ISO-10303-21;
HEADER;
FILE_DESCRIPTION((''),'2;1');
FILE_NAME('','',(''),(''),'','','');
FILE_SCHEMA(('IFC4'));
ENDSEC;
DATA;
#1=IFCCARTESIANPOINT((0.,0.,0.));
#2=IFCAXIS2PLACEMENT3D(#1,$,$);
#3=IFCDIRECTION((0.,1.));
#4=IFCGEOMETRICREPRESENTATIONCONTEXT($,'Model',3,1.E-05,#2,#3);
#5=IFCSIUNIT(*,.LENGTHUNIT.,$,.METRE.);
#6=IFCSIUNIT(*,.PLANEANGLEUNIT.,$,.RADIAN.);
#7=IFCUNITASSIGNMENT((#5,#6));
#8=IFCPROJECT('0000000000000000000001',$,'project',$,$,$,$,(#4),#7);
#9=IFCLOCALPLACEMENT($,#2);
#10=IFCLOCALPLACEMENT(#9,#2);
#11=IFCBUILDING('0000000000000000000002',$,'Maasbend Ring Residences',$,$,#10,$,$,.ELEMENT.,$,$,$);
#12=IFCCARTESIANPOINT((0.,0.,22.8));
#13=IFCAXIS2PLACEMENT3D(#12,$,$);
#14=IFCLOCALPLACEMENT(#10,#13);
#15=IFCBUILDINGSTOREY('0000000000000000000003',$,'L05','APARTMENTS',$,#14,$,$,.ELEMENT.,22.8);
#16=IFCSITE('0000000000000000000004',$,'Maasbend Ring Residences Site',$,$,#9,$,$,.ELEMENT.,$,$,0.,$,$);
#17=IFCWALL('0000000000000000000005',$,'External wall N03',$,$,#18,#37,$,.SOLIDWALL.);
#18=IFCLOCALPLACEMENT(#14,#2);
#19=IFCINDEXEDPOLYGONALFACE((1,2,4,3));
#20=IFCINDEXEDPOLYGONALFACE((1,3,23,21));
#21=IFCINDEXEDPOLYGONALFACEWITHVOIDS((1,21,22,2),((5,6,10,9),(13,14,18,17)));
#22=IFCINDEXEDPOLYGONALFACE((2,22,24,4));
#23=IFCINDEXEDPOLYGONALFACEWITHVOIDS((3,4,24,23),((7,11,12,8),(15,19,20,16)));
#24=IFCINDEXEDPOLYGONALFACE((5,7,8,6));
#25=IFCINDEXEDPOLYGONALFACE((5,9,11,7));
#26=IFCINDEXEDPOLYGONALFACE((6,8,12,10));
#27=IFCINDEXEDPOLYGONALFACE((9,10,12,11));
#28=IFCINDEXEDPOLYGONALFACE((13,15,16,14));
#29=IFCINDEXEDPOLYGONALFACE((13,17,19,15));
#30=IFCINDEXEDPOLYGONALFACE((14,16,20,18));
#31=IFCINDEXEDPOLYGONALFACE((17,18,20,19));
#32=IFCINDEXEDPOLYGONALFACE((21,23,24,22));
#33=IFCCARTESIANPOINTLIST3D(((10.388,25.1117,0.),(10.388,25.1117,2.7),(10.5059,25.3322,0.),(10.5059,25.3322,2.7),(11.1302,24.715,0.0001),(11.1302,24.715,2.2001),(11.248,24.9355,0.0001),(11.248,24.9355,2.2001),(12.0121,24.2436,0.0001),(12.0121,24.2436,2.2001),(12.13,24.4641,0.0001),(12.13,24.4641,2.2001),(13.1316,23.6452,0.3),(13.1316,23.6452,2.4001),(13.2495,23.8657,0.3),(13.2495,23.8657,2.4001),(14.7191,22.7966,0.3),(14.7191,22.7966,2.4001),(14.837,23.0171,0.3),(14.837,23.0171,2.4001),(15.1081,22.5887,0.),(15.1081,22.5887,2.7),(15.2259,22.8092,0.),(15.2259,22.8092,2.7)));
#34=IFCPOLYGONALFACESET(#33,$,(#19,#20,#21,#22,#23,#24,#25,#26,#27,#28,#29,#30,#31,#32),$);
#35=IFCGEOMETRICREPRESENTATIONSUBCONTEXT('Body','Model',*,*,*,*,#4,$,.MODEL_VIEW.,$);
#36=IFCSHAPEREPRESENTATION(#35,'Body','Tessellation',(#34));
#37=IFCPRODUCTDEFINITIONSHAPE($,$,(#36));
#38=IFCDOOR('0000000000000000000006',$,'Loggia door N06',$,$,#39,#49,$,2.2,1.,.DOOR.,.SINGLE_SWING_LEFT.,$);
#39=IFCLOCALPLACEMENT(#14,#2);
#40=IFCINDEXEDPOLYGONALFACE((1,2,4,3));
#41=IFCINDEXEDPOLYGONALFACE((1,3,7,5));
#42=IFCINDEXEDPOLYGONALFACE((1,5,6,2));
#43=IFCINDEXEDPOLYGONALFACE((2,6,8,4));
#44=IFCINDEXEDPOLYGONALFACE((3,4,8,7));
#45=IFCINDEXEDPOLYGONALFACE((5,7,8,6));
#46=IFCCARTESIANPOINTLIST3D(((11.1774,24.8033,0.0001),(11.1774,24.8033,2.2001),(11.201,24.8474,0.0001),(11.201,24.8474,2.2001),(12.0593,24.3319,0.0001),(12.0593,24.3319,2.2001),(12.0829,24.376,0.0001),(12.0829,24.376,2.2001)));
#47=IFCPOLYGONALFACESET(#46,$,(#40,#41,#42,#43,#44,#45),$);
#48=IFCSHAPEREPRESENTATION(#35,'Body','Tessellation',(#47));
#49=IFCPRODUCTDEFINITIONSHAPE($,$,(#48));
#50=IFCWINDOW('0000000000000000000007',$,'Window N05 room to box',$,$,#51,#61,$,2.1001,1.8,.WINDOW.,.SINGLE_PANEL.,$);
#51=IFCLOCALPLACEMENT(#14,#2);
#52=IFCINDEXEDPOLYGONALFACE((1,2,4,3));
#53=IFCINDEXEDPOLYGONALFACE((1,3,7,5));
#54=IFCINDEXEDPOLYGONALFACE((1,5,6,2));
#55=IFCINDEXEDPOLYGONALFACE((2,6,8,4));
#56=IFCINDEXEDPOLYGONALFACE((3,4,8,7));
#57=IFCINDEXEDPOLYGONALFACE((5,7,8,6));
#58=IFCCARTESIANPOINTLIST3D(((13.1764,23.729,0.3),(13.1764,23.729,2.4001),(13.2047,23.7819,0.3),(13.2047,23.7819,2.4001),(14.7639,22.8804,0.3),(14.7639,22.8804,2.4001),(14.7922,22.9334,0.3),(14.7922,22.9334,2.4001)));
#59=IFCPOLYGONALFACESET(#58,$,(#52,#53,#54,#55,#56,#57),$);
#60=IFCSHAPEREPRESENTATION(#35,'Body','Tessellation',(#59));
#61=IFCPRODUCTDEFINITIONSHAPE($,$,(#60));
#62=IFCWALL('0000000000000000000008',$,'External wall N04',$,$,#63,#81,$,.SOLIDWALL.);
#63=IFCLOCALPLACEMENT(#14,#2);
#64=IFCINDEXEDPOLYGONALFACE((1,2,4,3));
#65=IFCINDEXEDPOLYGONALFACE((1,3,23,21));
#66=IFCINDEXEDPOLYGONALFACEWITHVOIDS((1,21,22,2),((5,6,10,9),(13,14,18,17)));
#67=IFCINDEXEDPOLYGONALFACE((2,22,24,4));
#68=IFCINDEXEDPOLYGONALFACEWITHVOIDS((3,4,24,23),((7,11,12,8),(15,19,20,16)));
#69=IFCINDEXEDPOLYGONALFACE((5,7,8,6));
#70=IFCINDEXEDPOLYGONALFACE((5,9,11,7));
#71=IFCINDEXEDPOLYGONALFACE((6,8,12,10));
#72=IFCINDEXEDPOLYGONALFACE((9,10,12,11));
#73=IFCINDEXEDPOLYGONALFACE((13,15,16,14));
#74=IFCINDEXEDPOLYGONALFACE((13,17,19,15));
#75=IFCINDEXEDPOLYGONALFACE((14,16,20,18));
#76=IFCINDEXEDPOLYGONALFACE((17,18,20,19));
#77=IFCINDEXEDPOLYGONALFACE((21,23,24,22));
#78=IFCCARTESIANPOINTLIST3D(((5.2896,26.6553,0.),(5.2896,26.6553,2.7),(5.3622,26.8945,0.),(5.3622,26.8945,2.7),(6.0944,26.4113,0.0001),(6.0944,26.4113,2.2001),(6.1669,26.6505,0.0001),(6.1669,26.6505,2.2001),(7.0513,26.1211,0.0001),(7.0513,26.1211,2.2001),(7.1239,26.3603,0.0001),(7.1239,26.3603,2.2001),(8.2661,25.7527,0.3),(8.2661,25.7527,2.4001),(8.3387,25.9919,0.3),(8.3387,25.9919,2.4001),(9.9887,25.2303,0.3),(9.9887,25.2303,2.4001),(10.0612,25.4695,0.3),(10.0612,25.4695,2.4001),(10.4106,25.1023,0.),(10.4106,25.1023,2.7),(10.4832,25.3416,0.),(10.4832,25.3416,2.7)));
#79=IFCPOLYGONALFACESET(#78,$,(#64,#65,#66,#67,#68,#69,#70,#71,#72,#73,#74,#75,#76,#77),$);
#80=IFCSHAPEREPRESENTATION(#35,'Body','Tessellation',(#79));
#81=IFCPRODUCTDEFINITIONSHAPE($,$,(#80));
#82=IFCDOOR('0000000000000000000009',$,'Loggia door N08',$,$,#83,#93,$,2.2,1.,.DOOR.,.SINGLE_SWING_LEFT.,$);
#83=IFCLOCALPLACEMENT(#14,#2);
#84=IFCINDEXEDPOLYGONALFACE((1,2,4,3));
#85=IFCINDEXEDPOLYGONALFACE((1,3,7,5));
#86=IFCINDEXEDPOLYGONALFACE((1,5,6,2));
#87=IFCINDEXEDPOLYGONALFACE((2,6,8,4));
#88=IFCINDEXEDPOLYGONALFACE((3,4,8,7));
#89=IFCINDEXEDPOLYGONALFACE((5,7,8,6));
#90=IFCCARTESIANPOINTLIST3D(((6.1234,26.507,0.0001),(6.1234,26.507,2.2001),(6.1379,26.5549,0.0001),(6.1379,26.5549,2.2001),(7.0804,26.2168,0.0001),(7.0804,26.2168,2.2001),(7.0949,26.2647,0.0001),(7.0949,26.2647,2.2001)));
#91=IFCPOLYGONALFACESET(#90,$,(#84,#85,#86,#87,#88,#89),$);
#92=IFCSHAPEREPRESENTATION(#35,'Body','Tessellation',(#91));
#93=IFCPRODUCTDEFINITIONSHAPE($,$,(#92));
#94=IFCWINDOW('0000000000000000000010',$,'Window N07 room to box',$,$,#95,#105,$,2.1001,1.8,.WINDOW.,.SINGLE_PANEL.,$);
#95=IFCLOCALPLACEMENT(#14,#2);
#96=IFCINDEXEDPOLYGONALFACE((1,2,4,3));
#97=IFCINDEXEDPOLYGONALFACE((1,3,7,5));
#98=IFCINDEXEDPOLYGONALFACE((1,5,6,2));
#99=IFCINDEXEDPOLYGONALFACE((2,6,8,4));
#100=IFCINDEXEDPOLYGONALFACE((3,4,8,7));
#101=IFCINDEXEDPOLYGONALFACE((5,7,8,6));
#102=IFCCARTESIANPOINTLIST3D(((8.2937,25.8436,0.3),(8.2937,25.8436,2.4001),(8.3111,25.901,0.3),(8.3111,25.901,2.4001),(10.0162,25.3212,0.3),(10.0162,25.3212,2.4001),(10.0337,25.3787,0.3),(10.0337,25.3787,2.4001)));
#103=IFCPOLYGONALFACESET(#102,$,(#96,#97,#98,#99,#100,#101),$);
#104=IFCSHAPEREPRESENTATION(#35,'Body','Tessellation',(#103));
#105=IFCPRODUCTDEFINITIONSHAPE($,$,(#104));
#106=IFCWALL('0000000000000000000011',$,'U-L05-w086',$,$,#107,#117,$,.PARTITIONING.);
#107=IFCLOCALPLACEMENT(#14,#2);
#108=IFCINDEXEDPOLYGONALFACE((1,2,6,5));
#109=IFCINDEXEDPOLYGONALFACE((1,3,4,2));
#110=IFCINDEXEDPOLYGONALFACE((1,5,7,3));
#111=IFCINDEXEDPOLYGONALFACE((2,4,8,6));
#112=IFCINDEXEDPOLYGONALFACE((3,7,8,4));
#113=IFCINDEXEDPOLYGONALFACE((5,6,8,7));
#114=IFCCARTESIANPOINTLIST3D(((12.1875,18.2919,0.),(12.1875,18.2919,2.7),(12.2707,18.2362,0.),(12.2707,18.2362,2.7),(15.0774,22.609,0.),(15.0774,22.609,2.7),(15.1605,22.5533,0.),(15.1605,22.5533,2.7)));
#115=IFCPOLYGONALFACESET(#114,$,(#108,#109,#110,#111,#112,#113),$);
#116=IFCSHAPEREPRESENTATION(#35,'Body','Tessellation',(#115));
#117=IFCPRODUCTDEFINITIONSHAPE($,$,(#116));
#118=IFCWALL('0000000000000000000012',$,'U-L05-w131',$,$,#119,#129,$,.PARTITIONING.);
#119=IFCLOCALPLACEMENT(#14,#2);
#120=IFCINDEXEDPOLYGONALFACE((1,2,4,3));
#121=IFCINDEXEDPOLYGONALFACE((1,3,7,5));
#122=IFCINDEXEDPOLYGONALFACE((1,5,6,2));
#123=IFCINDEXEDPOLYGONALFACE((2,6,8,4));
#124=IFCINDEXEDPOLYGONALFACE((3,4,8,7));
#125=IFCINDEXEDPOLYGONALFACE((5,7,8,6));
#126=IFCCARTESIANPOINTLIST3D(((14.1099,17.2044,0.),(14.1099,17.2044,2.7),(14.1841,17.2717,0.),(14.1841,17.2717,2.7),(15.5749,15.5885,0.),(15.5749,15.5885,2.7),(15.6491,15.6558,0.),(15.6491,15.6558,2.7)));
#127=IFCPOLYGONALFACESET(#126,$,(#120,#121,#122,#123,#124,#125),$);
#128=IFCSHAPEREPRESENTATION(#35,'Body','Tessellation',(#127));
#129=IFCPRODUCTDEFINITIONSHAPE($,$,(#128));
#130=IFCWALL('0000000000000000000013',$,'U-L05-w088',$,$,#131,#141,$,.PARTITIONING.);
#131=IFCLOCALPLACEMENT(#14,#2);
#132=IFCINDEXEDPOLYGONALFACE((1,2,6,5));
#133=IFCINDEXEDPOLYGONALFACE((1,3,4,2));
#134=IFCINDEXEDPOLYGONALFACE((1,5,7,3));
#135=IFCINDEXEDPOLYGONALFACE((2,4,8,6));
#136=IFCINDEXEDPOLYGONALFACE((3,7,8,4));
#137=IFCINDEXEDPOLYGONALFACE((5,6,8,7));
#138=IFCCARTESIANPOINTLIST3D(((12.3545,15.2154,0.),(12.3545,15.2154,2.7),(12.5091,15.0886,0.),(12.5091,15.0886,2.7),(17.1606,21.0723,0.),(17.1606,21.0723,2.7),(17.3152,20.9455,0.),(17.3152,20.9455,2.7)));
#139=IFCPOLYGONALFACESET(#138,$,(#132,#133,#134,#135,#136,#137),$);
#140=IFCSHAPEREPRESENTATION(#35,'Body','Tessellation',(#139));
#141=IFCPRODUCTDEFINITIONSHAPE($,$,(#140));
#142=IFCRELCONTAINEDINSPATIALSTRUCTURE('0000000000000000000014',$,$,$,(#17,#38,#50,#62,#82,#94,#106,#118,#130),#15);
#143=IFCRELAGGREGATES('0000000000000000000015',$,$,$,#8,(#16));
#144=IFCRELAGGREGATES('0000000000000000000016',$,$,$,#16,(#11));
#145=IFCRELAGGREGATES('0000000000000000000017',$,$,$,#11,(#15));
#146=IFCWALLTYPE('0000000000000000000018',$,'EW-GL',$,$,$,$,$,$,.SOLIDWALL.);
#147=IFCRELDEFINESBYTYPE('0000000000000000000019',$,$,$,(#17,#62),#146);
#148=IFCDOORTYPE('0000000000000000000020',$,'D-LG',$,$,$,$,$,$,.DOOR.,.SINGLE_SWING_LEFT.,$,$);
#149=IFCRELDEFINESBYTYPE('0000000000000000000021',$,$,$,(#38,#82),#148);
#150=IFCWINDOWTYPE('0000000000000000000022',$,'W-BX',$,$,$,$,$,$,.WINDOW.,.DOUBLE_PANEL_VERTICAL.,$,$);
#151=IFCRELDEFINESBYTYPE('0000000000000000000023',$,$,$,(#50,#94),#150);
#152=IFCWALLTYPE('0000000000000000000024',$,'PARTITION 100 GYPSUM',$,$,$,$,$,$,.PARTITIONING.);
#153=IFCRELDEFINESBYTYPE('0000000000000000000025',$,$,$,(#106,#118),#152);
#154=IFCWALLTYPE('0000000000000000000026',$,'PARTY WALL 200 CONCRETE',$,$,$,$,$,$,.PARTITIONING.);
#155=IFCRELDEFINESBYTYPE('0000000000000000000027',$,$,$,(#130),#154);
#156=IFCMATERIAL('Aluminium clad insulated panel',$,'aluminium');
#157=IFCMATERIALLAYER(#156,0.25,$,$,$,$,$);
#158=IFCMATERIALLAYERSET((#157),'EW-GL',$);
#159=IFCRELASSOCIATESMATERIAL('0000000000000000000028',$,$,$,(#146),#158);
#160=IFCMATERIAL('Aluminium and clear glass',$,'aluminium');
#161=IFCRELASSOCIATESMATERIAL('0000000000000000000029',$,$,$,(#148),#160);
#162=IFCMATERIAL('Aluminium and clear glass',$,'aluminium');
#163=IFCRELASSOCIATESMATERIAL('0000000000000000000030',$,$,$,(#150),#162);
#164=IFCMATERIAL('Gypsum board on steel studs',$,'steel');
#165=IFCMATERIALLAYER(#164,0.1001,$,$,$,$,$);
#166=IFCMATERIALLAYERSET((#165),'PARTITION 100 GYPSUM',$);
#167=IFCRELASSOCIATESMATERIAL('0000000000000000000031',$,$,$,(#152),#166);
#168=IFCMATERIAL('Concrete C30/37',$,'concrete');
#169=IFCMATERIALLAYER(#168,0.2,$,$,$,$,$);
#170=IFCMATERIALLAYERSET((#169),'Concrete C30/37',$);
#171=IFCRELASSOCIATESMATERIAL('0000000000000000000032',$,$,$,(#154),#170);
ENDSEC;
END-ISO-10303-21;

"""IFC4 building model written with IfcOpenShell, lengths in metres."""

from ifc_helpers import new_model, si_unit, direction, frame, frame_2d, origin, place, context, subcontext, project, spatial, rectangle, extrude, material, layer, layer_set, type_object, element, fill, save


model = new_model("IFC4")

# Units and contexts
model_context = context("Model", 3, precision=1e-05, world=origin(), true_north=direction((0.0, 1.0)))
body_context = subcontext(model_context, "Body", "Model", "MODEL_VIEW")
ifc_project = project(units=[si_unit("LENGTHUNIT", "METRE"), si_unit("PLANEANGLEUNIT", "RADIAN")], contexts=[model_context])

# Site, building, storey
site_placement = place(None, origin())
site = spatial("IfcSite", under=ifc_project, at=site_placement, Name="Maasbend Ring Residences Site", CompositionType="ELEMENT", RefElevation=0.0)
building_placement = place(site_placement, origin())
building = spatial("IfcBuilding", under=site, at=building_placement, Name="Maasbend Ring Residences", CompositionType="ELEMENT")
storey_placement = place(building_placement, frame((0.0, 0.0, 22.8)))
storey = spatial("IfcBuildingStorey", under=building, at=storey_placement, Name="L05", Description="APARTMENTS", CompositionType="ELEMENT", Elevation=22.8)

# Walls, openings, doors, windows
ifc_material_1 = material(Name="Aluminium clad insulated panel", Category="aluminium")
ifc_layer_1 = layer(ifc_material_1, 0.25)
ifc_layer_set_1 = layer_set([ifc_layer_1], Name="EW-GL")
wall_type_1 = type_object("IfcWallType", Name="EW-GL", PredefinedType="SOLIDWALL", material=ifc_layer_set_1)
wall_1_placement = place(storey_placement, frame((15.167, 22.699, 0.0), z_axis=(0.0, 0.0, 1.0), x_axis=(-0.881916, 0.471407, 0.0)))
wall_1 = element("IfcWall", 1, at=wall_1_placement, inside=storey, type_object=wall_type_1, Name="External wall N03", PredefinedType="SOLIDWALL", context=body_context, shape_type="SweptSolid", body=[
    extrude(rectangle(XDim=5.3521, YDim=0.25, at=frame_2d((2.676, 0.0))), origin(), (0.0, 0.0, 1.0), 2.7),
])
opening_1_placement = place(wall_1_placement, frame((0.4412, 0.0, 0.3)))
opening_1 = element("IfcOpeningElement", 2, at=opening_1_placement, cuts=wall_1, PredefinedType="OPENING", context=body_context, shape_type="SweptSolid", body=[
    extrude(rectangle(XDim=1.8, YDim=2.1001, at=frame_2d((0.8999, 1.05))), frame((0.0, 0.135, 0.0), z_axis=(0.0, -1.0, 0.0), x_axis=(1.0, 0.0, 0.0)), (0.0, 0.0, 1.0), 0.27),
])
opening_2_placement = place(wall_1_placement, frame((3.5105, 0.0, 0.0)))
opening_2 = element("IfcOpeningElement", 3, at=opening_2_placement, cuts=wall_1, PredefinedType="OPENING", context=body_context, shape_type="SweptSolid", body=[
    extrude(rectangle(XDim=1.0, YDim=2.2, at=frame_2d((0.5, 1.1001))), frame((0.0, 0.135, 0.0), z_axis=(0.0, -1.0, 0.0), x_axis=(1.0, 0.0, 0.0)), (0.0, 0.0, 1.0), 0.27),
])
ifc_material_2 = material(Name="Aluminium and clear glass", Category="aluminium")
door_type_1 = type_object("IfcDoorType", Name="D-LG", OperationType="SINGLE_SWING_LEFT", PredefinedType="DOOR", material=ifc_material_2)
door_1_placement = place(opening_2_placement, origin())
door_1 = element("IfcDoor", 4, at=door_1_placement, inside=storey, type_object=door_type_1, Name="Loggia door N06", OperationType="SINGLE_SWING_LEFT", OverallHeight=2.2, OverallWidth=1.0, PredefinedType="DOOR", context=body_context, shape_type="SweptSolid", body=[
    extrude(rectangle(XDim=1.0, YDim=2.2, at=frame_2d((0.5, 1.1001))), frame((0.0, 0.0249, 0.0), z_axis=(0.0, -1.0, 0.0), x_axis=(1.0, 0.0, 0.0)), (0.0, 0.0, 1.0), 0.05),
])
fill(opening_2, door_1)
ifc_material_3 = material(Name="Aluminium and clear glass", Category="aluminium")
window_type_1 = type_object("IfcWindowType", Name="W-BX", PartitioningType="DOUBLE_PANEL_VERTICAL", PredefinedType="WINDOW", material=ifc_material_3)
window_1_placement = place(opening_1_placement, origin())
window_1 = element("IfcWindow", 5, at=window_1_placement, inside=storey, type_object=window_type_1, Name="Window N05 room to box", OverallHeight=2.1001, OverallWidth=1.8, PartitioningType="SINGLE_PANEL", PredefinedType="WINDOW", context=body_context, shape_type="SweptSolid", body=[
    extrude(rectangle(XDim=1.8, YDim=2.1001, at=frame_2d((0.8999, 1.05))), frame((0.0, 0.03, 0.0), z_axis=(0.0, -1.0, 0.0), x_axis=(1.0, 0.0, 0.0)), (0.0, 0.0, 1.0), 0.0601),
])
fill(opening_1, window_1)
wall_2_placement = place(storey_placement, frame((10.447, 25.2219, 0.0), z_axis=(0.0, 0.0, 1.0), x_axis=(-0.956966, 0.290201, 0.0)))
wall_2 = element("IfcWall", 6, at=wall_2_placement, inside=storey, type_object=wall_type_1, Name="External wall N04", PredefinedType="SOLIDWALL", context=body_context, shape_type="SweptSolid", body=[
    extrude(rectangle(XDim=5.3513, YDim=0.25, at=frame_2d((2.6758, 0.0))), origin(), (0.0, 0.0, 1.0), 2.7),
])
opening_3_placement = place(wall_2_placement, frame((0.4412, 0.0, 0.3)))
opening_3 = element("IfcOpeningElement", 7, at=opening_3_placement, cuts=wall_2, PredefinedType="OPENING", context=body_context, shape_type="SweptSolid", body=[
    extrude(rectangle(XDim=1.8, YDim=2.1001, at=frame_2d((0.8999, 1.05))), frame((0.0, 0.135, 0.0), z_axis=(0.0, -1.0, 0.0), x_axis=(1.0, 0.0, 0.0)), (0.0, 0.0, 1.0), 0.27),
])
opening_4_placement = place(wall_2_placement, frame((3.5105, 0.0, 0.0)))
opening_4 = element("IfcOpeningElement", 8, at=opening_4_placement, cuts=wall_2, PredefinedType="OPENING", context=body_context, shape_type="SweptSolid", body=[
    extrude(rectangle(XDim=1.0, YDim=2.2, at=frame_2d((0.5, 1.1001))), frame((0.0, 0.135, 0.0), z_axis=(0.0, -1.0, 0.0), x_axis=(1.0, 0.0, 0.0)), (0.0, 0.0, 1.0), 0.27),
])
door_2_placement = place(opening_4_placement, origin())
door_2 = element("IfcDoor", 9, at=door_2_placement, inside=storey, type_object=door_type_1, Name="Loggia door N08", OperationType="SINGLE_SWING_LEFT", OverallHeight=2.2, OverallWidth=1.0, PredefinedType="DOOR", context=body_context, shape_type="SweptSolid", body=[
    extrude(rectangle(XDim=1.0, YDim=2.2, at=frame_2d((0.5, 1.1001))), frame((0.0, 0.0249, 0.0), z_axis=(0.0, -1.0, 0.0), x_axis=(1.0, 0.0, 0.0)), (0.0, 0.0, 1.0), 0.05),
])
fill(opening_4, door_2)
window_2_placement = place(opening_3_placement, origin())
window_2 = element("IfcWindow", 10, at=window_2_placement, inside=storey, type_object=window_type_1, Name="Window N07 room to box", OverallHeight=2.1001, OverallWidth=1.8, PartitioningType="SINGLE_PANEL", PredefinedType="WINDOW", context=body_context, shape_type="SweptSolid", body=[
    extrude(rectangle(XDim=1.8, YDim=2.1001, at=frame_2d((0.8999, 1.05))), frame((0.0, 0.03, 0.0), z_axis=(0.0, -1.0, 0.0), x_axis=(1.0, 0.0, 0.0)), (0.0, 0.0, 1.0), 0.0601),
])
fill(opening_3, window_2)

# Walls
ifc_material_4 = material(Name="Gypsum board on steel studs", Category="steel")
ifc_layer_2 = layer(ifc_material_4, 0.1001)
ifc_layer_set_2 = layer_set([ifc_layer_2], Name="PARTITION 100 GYPSUM")
wall_type_2 = type_object("IfcWallType", Name="PARTITION 100 GYPSUM", PredefinedType="PARTITIONING", material=ifc_layer_set_2)
wall_3_placement = place(storey_placement, frame((12.229, 18.2639, 0.0), z_axis=(0.0, 0.0, 1.0), x_axis=(0.556272, 0.831, 0.0)))
element("IfcWall", 11, at=wall_3_placement, inside=storey, type_object=wall_type_2, Name="U-L05-w086", PredefinedType="PARTITIONING", context=body_context, shape_type="SweptSolid", body=[
    extrude(rectangle(XDim=5.1951, YDim=0.1001, at=frame_2d((2.5977, 0.0))), origin(), (0.0, 0.0, 1.0), 2.7),
])
wall_4_placement = place(storey_placement, frame((14.147, 17.238, 0.0), z_axis=(0.0, 0.0, 1.0), x_axis=(0.671675, -0.740846, 0.0)))
element("IfcWall", 12, at=wall_4_placement, inside=storey, type_object=wall_type_2, Name="U-L05-w131", PredefinedType="PARTITIONING", context=body_context, shape_type="SweptSolid", body=[
    extrude(rectangle(XDim=2.1812, YDim=0.1001, at=frame_2d((1.0906, 0.0))), origin(), (0.0, 0.0, 1.0), 2.7),
])
ifc_material_5 = material(Name="Concrete C30/37", Category="concrete")
ifc_layer_3 = layer(ifc_material_5, 0.2)
ifc_layer_set_3 = layer_set([ifc_layer_3], Name="Concrete C30/37")
wall_type_3 = type_object("IfcWallType", Name="PARTY WALL 200 CONCRETE", PredefinedType="PARTITIONING", material=ifc_layer_set_3)
wall_5_placement = place(storey_placement, frame((12.4319, 15.1521, 0.0), z_axis=(0.0, 0.0, 1.0), x_axis=(0.634353, 0.773043, 0.0)))
element("IfcWall", 13, at=wall_5_placement, inside=storey, type_object=wall_type_3, Name="U-L05-w088", PredefinedType="PARTITIONING", context=body_context, shape_type="SweptSolid", body=[
    extrude(rectangle(XDim=7.5764, YDim=0.2, at=frame_2d((3.7881, 0.0))), origin(), (0.0, 0.0, 1.0), 2.7),
])

save(model, "model.ifc")
